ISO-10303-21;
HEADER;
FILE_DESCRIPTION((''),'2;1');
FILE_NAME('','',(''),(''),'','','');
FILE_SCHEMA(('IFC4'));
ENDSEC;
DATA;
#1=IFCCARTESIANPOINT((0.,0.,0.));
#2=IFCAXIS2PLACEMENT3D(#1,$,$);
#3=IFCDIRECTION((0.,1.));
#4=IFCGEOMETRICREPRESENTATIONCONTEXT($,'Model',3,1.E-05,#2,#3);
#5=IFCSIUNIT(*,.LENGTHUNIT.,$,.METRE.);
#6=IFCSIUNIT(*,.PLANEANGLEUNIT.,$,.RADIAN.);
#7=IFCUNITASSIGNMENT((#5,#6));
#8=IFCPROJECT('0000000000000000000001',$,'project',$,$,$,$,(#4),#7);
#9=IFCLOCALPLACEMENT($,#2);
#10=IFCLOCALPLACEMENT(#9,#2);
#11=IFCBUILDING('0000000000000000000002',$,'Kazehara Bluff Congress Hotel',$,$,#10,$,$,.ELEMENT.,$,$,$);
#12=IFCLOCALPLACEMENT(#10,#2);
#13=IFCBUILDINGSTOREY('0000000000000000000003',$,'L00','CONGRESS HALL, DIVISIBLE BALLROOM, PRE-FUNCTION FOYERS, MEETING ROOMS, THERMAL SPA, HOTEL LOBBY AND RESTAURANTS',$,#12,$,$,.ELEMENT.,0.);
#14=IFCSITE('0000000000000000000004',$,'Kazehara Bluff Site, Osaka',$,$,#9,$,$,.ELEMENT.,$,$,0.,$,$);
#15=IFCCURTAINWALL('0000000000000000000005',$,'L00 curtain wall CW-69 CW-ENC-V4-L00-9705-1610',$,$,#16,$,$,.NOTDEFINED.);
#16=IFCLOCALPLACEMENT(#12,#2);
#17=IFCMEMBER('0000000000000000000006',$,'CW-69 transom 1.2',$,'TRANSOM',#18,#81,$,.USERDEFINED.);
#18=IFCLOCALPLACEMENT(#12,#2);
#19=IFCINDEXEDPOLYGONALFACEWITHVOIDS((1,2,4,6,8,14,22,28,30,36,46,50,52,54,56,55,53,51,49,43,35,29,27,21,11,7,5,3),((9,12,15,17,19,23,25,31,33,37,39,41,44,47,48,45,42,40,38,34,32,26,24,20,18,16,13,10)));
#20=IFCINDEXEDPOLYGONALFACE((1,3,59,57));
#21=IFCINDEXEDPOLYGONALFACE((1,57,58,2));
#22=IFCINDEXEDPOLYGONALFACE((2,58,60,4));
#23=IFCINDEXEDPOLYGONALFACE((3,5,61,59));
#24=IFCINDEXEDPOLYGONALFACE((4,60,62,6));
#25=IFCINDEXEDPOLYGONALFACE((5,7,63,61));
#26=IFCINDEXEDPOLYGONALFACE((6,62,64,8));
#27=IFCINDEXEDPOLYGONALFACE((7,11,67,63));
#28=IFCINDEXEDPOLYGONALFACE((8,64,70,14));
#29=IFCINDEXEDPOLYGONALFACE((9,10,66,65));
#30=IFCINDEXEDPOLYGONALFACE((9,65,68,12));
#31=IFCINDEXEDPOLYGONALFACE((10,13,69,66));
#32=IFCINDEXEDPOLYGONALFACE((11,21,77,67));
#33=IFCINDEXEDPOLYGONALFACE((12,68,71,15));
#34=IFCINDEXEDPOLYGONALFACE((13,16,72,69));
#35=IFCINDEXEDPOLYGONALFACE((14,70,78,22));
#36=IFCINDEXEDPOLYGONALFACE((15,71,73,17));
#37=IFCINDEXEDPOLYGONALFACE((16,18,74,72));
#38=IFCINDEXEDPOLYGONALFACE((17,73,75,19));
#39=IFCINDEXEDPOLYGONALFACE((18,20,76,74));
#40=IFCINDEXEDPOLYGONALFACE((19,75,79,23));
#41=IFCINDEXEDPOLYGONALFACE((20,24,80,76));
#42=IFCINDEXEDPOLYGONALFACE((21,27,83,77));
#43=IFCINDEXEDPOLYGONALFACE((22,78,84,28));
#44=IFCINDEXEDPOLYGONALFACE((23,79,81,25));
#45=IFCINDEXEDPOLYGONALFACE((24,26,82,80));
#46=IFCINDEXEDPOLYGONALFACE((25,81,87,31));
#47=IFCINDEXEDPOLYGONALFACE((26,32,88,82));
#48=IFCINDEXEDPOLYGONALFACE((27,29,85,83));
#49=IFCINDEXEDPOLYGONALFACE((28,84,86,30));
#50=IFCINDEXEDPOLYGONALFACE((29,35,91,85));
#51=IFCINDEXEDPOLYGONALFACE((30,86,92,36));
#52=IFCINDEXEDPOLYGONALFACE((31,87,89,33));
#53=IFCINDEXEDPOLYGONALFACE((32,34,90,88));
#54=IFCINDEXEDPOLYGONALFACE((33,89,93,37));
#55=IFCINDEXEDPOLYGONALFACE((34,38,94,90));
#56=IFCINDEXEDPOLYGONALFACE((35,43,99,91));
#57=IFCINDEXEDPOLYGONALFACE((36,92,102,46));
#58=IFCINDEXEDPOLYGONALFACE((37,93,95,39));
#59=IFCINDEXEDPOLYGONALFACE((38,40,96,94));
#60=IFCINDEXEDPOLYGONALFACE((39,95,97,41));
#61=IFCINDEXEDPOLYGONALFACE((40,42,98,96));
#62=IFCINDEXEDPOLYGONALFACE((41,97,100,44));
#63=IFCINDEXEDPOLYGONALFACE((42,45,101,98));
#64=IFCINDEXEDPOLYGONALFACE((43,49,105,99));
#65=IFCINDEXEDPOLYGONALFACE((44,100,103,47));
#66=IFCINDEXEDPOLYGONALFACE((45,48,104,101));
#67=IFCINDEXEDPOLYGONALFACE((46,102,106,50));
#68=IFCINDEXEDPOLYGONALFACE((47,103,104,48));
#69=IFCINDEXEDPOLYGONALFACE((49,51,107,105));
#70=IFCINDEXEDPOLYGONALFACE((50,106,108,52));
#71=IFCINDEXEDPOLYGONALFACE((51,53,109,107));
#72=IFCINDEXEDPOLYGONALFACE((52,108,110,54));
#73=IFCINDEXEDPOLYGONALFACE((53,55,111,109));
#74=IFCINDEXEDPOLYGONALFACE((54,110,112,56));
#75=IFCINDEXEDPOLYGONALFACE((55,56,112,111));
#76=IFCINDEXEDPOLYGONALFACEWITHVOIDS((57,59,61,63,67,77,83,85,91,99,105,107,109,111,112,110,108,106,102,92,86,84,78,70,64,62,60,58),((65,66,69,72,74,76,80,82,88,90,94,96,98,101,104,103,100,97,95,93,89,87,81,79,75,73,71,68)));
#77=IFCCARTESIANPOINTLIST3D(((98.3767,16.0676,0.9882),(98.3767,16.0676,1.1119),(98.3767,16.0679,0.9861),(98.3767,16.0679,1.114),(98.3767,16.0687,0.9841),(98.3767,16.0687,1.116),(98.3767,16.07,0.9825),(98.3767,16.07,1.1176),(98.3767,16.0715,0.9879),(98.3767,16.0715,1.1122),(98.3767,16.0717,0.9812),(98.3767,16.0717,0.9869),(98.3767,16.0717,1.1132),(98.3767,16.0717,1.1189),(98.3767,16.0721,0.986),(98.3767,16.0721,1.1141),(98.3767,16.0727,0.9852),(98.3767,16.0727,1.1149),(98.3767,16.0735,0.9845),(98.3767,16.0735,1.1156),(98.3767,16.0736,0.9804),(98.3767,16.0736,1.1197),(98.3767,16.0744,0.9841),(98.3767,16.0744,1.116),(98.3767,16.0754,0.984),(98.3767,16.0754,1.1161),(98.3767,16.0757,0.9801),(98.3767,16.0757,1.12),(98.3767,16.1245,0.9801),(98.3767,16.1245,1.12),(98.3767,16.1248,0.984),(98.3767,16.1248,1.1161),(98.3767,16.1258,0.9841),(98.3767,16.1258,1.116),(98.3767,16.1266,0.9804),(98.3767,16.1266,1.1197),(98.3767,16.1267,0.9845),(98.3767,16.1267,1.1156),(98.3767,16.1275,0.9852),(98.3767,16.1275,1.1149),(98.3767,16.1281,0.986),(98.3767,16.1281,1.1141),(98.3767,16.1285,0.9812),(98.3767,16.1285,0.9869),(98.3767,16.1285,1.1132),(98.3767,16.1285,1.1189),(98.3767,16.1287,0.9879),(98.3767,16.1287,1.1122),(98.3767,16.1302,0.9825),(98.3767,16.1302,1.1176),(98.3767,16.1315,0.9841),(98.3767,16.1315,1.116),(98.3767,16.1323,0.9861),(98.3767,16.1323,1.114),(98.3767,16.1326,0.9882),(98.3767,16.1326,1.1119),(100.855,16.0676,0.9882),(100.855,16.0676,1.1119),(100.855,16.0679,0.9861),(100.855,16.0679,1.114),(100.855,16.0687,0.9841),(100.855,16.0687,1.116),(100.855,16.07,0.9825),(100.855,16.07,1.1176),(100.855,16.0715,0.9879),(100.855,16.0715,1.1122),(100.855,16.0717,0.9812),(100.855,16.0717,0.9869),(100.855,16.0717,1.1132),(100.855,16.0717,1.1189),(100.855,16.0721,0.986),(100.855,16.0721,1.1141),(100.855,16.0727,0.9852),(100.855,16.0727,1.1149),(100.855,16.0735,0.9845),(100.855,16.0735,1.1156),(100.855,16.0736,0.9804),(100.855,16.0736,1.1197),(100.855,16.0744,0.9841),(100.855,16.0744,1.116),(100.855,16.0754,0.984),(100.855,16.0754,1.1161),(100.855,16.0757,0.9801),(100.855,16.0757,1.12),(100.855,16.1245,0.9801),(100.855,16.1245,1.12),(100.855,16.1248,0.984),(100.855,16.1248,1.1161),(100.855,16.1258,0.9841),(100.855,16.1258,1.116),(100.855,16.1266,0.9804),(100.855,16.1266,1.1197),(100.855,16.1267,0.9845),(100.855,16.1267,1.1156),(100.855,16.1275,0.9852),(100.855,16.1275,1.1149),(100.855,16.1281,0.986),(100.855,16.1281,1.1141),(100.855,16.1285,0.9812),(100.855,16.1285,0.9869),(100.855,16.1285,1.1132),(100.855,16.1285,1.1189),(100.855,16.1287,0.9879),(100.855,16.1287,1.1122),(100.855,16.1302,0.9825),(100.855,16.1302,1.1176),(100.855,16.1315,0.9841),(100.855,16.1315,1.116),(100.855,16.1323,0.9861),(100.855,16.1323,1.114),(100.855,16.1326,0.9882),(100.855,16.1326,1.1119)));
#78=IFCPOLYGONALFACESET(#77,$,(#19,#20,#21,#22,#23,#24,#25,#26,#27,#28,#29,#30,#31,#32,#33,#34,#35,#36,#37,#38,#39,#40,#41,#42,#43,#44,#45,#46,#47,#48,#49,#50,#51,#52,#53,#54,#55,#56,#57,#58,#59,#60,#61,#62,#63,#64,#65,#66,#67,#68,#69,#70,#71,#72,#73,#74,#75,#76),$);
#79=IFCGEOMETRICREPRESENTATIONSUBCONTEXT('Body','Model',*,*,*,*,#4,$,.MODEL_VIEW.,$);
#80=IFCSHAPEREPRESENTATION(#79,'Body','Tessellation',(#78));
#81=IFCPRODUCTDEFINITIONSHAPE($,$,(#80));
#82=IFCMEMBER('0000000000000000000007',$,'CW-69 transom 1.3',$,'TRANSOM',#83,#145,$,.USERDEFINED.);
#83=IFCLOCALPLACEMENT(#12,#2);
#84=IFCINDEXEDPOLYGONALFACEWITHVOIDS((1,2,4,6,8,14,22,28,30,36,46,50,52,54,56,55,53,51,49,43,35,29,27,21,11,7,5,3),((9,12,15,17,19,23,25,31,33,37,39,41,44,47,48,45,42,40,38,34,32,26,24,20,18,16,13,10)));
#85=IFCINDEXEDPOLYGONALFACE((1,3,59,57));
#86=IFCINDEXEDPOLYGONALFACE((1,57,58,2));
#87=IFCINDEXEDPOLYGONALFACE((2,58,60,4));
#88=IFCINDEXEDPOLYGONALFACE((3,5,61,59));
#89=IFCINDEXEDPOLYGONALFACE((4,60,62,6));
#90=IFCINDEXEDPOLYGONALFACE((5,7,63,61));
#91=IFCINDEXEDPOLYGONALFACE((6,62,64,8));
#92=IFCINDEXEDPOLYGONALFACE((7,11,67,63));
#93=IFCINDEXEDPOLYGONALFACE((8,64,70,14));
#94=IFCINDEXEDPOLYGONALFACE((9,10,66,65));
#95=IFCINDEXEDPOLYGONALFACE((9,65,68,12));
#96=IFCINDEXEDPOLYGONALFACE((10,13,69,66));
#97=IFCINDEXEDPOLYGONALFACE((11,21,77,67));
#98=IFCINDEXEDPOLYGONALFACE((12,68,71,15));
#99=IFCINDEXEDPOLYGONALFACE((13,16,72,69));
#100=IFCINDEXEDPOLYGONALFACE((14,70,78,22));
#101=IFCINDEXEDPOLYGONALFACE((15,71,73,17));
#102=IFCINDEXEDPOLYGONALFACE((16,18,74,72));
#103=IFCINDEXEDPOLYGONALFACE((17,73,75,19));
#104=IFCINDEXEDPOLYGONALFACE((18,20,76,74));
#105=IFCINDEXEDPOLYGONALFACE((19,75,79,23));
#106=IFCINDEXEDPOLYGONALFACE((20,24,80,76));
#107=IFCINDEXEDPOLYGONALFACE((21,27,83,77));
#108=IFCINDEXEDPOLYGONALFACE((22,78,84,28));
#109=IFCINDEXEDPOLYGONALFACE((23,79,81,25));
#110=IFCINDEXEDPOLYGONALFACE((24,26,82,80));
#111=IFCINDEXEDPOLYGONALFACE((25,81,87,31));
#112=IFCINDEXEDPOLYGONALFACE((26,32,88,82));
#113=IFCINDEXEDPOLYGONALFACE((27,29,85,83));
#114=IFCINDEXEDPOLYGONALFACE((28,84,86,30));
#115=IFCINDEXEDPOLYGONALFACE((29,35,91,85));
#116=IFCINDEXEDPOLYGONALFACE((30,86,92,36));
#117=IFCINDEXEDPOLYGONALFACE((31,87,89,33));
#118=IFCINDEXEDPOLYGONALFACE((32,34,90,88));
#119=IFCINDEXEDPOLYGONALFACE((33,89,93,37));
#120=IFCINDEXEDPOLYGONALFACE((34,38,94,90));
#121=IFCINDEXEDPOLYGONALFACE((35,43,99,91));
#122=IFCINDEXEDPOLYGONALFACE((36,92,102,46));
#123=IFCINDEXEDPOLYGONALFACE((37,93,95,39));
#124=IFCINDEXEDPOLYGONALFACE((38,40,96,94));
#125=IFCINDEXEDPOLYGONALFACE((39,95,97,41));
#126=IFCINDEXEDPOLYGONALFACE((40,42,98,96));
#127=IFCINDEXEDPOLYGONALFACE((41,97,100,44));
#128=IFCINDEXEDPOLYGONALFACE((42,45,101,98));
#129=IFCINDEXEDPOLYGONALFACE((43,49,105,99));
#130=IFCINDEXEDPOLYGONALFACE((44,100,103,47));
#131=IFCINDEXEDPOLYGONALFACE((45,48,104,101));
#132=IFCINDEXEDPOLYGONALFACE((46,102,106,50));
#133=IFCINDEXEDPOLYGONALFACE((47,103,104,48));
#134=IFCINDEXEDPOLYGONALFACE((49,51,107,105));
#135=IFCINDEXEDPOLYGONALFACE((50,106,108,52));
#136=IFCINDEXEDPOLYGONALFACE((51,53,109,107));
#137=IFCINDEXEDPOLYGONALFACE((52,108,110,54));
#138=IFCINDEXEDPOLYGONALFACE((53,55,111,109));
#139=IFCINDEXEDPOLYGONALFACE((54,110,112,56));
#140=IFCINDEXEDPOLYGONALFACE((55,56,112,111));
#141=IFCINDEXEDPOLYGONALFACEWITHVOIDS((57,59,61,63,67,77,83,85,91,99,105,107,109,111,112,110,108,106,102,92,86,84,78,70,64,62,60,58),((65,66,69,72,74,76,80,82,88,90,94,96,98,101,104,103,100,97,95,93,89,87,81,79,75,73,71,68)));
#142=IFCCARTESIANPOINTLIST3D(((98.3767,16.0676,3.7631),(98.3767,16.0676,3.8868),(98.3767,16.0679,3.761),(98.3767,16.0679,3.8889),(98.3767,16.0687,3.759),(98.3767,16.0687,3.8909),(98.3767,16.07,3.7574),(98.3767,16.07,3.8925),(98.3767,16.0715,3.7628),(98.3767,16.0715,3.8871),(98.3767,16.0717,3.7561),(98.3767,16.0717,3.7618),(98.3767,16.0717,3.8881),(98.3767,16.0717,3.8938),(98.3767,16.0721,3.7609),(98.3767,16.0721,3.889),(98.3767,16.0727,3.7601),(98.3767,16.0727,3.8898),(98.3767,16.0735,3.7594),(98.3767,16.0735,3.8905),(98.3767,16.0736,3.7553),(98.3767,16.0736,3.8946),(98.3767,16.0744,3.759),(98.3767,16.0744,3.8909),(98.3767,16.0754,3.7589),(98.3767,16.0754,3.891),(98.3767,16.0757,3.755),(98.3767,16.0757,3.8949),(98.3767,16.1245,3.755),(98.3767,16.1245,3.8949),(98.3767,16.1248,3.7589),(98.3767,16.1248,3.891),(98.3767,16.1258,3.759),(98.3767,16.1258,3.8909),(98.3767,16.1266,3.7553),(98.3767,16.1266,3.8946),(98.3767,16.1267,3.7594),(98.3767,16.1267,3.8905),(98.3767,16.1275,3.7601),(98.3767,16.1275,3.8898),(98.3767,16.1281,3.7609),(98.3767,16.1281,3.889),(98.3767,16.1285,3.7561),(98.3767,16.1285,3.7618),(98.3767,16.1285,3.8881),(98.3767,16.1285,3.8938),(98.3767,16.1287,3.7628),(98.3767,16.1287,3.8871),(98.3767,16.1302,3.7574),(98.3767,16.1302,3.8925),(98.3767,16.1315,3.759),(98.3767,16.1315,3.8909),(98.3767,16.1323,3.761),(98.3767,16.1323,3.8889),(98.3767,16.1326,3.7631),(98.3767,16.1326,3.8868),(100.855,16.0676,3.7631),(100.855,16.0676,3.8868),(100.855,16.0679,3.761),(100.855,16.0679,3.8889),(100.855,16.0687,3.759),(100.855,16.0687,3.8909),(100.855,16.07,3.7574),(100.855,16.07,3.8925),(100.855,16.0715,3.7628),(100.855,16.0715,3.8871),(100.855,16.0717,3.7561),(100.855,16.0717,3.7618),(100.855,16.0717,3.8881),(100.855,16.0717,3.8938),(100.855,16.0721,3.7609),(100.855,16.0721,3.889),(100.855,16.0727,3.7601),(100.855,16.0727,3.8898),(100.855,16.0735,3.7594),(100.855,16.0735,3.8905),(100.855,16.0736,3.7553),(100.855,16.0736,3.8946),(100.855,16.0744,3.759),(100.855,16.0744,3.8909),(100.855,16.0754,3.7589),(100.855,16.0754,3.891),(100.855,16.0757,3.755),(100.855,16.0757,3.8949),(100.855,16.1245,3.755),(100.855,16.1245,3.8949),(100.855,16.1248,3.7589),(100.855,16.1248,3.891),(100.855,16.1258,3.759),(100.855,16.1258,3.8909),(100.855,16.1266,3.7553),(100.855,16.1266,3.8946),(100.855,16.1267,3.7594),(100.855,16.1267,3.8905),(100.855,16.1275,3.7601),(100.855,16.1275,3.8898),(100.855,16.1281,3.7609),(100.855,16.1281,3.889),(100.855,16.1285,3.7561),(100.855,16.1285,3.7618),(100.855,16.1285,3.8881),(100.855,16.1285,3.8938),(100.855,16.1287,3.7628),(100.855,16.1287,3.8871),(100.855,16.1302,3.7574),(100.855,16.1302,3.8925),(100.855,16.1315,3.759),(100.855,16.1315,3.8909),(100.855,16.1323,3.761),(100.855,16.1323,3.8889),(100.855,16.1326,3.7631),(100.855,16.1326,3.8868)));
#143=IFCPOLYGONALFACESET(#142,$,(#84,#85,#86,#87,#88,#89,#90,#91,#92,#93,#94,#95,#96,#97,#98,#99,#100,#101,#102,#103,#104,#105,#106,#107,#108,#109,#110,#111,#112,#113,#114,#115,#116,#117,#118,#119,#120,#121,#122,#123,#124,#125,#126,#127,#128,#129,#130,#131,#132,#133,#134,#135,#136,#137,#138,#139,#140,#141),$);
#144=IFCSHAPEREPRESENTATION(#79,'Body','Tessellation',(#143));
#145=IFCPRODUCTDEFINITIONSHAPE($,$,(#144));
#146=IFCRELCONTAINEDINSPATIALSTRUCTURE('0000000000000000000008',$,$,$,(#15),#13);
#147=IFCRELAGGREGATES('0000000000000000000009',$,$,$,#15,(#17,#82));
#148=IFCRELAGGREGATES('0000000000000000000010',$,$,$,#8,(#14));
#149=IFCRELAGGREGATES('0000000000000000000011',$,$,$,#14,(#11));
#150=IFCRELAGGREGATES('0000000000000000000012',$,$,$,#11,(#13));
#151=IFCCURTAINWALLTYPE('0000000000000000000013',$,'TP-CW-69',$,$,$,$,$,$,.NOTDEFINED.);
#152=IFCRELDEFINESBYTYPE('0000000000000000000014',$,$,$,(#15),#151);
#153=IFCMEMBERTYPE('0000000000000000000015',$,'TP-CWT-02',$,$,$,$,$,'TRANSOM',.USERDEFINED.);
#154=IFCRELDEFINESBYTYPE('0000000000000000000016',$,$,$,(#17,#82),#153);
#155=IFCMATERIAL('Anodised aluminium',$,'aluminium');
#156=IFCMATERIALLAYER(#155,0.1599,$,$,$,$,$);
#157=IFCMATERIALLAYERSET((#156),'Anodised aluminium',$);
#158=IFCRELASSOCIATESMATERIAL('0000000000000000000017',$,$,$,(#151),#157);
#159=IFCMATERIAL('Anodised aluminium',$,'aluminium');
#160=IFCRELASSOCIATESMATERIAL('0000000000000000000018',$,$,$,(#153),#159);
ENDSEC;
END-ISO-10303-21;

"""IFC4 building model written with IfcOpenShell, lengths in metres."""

from ifc_helpers import new_model, si_unit, direction, frame, origin, origin_2d, place, context, subcontext, project, spatial, hollow_rectangle, extrude, material, layer, layer_set, material_profile, profile_set, type_object, element, aggregate, save


model = new_model("IFC4")

# Units and contexts
model_context = context("Model", 3, precision=1e-05, world=origin(), true_north=direction((0.0, 1.0)))
body_context = subcontext(model_context, "Body", "Model", "MODEL_VIEW")
ifc_project = project(units=[si_unit("LENGTHUNIT", "METRE"), si_unit("PLANEANGLEUNIT", "RADIAN")], contexts=[model_context])

# Site, building, storey
site_placement = place(None, origin())
site = spatial("IfcSite", under=ifc_project, at=site_placement, Name="Kazehara Bluff Site, Osaka", CompositionType="ELEMENT", RefElevation=0.0)
building_placement = place(site_placement, origin())
building = spatial("IfcBuilding", under=site, at=building_placement, Name="Kazehara Bluff Congress Hotel", CompositionType="ELEMENT")
storey_placement = place(building_placement, origin())
storey = spatial("IfcBuildingStorey", under=building, at=storey_placement, Name="L00", Description="CONGRESS HALL, DIVISIBLE BALLROOM, PRE-FUNCTION FOYERS, MEETING ROOMS, THERMAL SPA, HOTEL LOBBY AND RESTAURANTS", CompositionType="ELEMENT", Elevation=0.0)

# Curtain wall
ifc_material_1 = material(Name="Anodised aluminium", Category="aluminium")
ifc_layer_1 = layer(ifc_material_1, 0.1599)
ifc_layer_set_1 = layer_set([ifc_layer_1], Name="Anodised aluminium")
curtain_wall_type_1 = type_object("IfcCurtainWallType", Name="TP-CW-69", PredefinedType="NOTDEFINED", material=ifc_layer_set_1)
curtain_wall_1_placement = place(storey_placement, origin())
curtain_wall_1 = element("IfcCurtainWall", 1, at=curtain_wall_1_placement, inside=storey, type_object=curtain_wall_type_1, Name="L00 curtain wall CW-69 CW-ENC-V4-L00-9705-1610", PredefinedType="NOTDEFINED")

# Members
ifc_material_2 = material(Name="Anodised aluminium", Category="aluminium")
ifc_material_profile_1 = material_profile(ifc_material_2, hollow_rectangle(XDim=0.0649, YDim=0.1399, WallThickness=0.0039, InnerFilletRadius=0.0039, OuterFilletRadius=0.0081, at=origin_2d()))
ifc_profile_set_1 = profile_set([ifc_material_profile_1], Name="Anodised aluminium")
member_type_1 = type_object("IfcMemberType", Name="TP-CWT-02", ElementType="TRANSOM", PredefinedType="USERDEFINED", material=ifc_profile_set_1)
member_1_placement = place(storey_placement, frame((100.855, 16.1001, 1.05), z_axis=(-1.0, 0.0, 0.0), x_axis=(0.0, -1.0, 0.0)))
member_1 = element("IfcMember", 2, at=member_1_placement, type_object=member_type_1, Name="CW-69 transom 1.2", ObjectType="TRANSOM", PredefinedType="USERDEFINED", context=body_context, shape_type="SweptSolid", body=[
    extrude(hollow_rectangle(XDim=0.0649, YDim=0.1399, WallThickness=0.0039, InnerFilletRadius=0.0039, OuterFilletRadius=0.0081, at=origin_2d()), origin(), (0.0, 0.0, 1.0), 2.4783),
])
member_2_placement = place(storey_placement, frame((100.855, 16.1001, 3.825), z_axis=(-1.0, 0.0, 0.0), x_axis=(0.0, -1.0, 0.0)))
member_2 = element("IfcMember", 3, at=member_2_placement, type_object=member_type_1, Name="CW-69 transom 1.3", ObjectType="TRANSOM", PredefinedType="USERDEFINED", context=body_context, shape_type="SweptSolid", body=[
    extrude(hollow_rectangle(XDim=0.0649, YDim=0.1399, WallThickness=0.0039, InnerFilletRadius=0.0039, OuterFilletRadius=0.0081, at=origin_2d()), origin(), (0.0, 0.0, 1.0), 2.4783),
])

aggregate(curtain_wall_1, [member_1, member_2])

save(model, "model.ifc")
